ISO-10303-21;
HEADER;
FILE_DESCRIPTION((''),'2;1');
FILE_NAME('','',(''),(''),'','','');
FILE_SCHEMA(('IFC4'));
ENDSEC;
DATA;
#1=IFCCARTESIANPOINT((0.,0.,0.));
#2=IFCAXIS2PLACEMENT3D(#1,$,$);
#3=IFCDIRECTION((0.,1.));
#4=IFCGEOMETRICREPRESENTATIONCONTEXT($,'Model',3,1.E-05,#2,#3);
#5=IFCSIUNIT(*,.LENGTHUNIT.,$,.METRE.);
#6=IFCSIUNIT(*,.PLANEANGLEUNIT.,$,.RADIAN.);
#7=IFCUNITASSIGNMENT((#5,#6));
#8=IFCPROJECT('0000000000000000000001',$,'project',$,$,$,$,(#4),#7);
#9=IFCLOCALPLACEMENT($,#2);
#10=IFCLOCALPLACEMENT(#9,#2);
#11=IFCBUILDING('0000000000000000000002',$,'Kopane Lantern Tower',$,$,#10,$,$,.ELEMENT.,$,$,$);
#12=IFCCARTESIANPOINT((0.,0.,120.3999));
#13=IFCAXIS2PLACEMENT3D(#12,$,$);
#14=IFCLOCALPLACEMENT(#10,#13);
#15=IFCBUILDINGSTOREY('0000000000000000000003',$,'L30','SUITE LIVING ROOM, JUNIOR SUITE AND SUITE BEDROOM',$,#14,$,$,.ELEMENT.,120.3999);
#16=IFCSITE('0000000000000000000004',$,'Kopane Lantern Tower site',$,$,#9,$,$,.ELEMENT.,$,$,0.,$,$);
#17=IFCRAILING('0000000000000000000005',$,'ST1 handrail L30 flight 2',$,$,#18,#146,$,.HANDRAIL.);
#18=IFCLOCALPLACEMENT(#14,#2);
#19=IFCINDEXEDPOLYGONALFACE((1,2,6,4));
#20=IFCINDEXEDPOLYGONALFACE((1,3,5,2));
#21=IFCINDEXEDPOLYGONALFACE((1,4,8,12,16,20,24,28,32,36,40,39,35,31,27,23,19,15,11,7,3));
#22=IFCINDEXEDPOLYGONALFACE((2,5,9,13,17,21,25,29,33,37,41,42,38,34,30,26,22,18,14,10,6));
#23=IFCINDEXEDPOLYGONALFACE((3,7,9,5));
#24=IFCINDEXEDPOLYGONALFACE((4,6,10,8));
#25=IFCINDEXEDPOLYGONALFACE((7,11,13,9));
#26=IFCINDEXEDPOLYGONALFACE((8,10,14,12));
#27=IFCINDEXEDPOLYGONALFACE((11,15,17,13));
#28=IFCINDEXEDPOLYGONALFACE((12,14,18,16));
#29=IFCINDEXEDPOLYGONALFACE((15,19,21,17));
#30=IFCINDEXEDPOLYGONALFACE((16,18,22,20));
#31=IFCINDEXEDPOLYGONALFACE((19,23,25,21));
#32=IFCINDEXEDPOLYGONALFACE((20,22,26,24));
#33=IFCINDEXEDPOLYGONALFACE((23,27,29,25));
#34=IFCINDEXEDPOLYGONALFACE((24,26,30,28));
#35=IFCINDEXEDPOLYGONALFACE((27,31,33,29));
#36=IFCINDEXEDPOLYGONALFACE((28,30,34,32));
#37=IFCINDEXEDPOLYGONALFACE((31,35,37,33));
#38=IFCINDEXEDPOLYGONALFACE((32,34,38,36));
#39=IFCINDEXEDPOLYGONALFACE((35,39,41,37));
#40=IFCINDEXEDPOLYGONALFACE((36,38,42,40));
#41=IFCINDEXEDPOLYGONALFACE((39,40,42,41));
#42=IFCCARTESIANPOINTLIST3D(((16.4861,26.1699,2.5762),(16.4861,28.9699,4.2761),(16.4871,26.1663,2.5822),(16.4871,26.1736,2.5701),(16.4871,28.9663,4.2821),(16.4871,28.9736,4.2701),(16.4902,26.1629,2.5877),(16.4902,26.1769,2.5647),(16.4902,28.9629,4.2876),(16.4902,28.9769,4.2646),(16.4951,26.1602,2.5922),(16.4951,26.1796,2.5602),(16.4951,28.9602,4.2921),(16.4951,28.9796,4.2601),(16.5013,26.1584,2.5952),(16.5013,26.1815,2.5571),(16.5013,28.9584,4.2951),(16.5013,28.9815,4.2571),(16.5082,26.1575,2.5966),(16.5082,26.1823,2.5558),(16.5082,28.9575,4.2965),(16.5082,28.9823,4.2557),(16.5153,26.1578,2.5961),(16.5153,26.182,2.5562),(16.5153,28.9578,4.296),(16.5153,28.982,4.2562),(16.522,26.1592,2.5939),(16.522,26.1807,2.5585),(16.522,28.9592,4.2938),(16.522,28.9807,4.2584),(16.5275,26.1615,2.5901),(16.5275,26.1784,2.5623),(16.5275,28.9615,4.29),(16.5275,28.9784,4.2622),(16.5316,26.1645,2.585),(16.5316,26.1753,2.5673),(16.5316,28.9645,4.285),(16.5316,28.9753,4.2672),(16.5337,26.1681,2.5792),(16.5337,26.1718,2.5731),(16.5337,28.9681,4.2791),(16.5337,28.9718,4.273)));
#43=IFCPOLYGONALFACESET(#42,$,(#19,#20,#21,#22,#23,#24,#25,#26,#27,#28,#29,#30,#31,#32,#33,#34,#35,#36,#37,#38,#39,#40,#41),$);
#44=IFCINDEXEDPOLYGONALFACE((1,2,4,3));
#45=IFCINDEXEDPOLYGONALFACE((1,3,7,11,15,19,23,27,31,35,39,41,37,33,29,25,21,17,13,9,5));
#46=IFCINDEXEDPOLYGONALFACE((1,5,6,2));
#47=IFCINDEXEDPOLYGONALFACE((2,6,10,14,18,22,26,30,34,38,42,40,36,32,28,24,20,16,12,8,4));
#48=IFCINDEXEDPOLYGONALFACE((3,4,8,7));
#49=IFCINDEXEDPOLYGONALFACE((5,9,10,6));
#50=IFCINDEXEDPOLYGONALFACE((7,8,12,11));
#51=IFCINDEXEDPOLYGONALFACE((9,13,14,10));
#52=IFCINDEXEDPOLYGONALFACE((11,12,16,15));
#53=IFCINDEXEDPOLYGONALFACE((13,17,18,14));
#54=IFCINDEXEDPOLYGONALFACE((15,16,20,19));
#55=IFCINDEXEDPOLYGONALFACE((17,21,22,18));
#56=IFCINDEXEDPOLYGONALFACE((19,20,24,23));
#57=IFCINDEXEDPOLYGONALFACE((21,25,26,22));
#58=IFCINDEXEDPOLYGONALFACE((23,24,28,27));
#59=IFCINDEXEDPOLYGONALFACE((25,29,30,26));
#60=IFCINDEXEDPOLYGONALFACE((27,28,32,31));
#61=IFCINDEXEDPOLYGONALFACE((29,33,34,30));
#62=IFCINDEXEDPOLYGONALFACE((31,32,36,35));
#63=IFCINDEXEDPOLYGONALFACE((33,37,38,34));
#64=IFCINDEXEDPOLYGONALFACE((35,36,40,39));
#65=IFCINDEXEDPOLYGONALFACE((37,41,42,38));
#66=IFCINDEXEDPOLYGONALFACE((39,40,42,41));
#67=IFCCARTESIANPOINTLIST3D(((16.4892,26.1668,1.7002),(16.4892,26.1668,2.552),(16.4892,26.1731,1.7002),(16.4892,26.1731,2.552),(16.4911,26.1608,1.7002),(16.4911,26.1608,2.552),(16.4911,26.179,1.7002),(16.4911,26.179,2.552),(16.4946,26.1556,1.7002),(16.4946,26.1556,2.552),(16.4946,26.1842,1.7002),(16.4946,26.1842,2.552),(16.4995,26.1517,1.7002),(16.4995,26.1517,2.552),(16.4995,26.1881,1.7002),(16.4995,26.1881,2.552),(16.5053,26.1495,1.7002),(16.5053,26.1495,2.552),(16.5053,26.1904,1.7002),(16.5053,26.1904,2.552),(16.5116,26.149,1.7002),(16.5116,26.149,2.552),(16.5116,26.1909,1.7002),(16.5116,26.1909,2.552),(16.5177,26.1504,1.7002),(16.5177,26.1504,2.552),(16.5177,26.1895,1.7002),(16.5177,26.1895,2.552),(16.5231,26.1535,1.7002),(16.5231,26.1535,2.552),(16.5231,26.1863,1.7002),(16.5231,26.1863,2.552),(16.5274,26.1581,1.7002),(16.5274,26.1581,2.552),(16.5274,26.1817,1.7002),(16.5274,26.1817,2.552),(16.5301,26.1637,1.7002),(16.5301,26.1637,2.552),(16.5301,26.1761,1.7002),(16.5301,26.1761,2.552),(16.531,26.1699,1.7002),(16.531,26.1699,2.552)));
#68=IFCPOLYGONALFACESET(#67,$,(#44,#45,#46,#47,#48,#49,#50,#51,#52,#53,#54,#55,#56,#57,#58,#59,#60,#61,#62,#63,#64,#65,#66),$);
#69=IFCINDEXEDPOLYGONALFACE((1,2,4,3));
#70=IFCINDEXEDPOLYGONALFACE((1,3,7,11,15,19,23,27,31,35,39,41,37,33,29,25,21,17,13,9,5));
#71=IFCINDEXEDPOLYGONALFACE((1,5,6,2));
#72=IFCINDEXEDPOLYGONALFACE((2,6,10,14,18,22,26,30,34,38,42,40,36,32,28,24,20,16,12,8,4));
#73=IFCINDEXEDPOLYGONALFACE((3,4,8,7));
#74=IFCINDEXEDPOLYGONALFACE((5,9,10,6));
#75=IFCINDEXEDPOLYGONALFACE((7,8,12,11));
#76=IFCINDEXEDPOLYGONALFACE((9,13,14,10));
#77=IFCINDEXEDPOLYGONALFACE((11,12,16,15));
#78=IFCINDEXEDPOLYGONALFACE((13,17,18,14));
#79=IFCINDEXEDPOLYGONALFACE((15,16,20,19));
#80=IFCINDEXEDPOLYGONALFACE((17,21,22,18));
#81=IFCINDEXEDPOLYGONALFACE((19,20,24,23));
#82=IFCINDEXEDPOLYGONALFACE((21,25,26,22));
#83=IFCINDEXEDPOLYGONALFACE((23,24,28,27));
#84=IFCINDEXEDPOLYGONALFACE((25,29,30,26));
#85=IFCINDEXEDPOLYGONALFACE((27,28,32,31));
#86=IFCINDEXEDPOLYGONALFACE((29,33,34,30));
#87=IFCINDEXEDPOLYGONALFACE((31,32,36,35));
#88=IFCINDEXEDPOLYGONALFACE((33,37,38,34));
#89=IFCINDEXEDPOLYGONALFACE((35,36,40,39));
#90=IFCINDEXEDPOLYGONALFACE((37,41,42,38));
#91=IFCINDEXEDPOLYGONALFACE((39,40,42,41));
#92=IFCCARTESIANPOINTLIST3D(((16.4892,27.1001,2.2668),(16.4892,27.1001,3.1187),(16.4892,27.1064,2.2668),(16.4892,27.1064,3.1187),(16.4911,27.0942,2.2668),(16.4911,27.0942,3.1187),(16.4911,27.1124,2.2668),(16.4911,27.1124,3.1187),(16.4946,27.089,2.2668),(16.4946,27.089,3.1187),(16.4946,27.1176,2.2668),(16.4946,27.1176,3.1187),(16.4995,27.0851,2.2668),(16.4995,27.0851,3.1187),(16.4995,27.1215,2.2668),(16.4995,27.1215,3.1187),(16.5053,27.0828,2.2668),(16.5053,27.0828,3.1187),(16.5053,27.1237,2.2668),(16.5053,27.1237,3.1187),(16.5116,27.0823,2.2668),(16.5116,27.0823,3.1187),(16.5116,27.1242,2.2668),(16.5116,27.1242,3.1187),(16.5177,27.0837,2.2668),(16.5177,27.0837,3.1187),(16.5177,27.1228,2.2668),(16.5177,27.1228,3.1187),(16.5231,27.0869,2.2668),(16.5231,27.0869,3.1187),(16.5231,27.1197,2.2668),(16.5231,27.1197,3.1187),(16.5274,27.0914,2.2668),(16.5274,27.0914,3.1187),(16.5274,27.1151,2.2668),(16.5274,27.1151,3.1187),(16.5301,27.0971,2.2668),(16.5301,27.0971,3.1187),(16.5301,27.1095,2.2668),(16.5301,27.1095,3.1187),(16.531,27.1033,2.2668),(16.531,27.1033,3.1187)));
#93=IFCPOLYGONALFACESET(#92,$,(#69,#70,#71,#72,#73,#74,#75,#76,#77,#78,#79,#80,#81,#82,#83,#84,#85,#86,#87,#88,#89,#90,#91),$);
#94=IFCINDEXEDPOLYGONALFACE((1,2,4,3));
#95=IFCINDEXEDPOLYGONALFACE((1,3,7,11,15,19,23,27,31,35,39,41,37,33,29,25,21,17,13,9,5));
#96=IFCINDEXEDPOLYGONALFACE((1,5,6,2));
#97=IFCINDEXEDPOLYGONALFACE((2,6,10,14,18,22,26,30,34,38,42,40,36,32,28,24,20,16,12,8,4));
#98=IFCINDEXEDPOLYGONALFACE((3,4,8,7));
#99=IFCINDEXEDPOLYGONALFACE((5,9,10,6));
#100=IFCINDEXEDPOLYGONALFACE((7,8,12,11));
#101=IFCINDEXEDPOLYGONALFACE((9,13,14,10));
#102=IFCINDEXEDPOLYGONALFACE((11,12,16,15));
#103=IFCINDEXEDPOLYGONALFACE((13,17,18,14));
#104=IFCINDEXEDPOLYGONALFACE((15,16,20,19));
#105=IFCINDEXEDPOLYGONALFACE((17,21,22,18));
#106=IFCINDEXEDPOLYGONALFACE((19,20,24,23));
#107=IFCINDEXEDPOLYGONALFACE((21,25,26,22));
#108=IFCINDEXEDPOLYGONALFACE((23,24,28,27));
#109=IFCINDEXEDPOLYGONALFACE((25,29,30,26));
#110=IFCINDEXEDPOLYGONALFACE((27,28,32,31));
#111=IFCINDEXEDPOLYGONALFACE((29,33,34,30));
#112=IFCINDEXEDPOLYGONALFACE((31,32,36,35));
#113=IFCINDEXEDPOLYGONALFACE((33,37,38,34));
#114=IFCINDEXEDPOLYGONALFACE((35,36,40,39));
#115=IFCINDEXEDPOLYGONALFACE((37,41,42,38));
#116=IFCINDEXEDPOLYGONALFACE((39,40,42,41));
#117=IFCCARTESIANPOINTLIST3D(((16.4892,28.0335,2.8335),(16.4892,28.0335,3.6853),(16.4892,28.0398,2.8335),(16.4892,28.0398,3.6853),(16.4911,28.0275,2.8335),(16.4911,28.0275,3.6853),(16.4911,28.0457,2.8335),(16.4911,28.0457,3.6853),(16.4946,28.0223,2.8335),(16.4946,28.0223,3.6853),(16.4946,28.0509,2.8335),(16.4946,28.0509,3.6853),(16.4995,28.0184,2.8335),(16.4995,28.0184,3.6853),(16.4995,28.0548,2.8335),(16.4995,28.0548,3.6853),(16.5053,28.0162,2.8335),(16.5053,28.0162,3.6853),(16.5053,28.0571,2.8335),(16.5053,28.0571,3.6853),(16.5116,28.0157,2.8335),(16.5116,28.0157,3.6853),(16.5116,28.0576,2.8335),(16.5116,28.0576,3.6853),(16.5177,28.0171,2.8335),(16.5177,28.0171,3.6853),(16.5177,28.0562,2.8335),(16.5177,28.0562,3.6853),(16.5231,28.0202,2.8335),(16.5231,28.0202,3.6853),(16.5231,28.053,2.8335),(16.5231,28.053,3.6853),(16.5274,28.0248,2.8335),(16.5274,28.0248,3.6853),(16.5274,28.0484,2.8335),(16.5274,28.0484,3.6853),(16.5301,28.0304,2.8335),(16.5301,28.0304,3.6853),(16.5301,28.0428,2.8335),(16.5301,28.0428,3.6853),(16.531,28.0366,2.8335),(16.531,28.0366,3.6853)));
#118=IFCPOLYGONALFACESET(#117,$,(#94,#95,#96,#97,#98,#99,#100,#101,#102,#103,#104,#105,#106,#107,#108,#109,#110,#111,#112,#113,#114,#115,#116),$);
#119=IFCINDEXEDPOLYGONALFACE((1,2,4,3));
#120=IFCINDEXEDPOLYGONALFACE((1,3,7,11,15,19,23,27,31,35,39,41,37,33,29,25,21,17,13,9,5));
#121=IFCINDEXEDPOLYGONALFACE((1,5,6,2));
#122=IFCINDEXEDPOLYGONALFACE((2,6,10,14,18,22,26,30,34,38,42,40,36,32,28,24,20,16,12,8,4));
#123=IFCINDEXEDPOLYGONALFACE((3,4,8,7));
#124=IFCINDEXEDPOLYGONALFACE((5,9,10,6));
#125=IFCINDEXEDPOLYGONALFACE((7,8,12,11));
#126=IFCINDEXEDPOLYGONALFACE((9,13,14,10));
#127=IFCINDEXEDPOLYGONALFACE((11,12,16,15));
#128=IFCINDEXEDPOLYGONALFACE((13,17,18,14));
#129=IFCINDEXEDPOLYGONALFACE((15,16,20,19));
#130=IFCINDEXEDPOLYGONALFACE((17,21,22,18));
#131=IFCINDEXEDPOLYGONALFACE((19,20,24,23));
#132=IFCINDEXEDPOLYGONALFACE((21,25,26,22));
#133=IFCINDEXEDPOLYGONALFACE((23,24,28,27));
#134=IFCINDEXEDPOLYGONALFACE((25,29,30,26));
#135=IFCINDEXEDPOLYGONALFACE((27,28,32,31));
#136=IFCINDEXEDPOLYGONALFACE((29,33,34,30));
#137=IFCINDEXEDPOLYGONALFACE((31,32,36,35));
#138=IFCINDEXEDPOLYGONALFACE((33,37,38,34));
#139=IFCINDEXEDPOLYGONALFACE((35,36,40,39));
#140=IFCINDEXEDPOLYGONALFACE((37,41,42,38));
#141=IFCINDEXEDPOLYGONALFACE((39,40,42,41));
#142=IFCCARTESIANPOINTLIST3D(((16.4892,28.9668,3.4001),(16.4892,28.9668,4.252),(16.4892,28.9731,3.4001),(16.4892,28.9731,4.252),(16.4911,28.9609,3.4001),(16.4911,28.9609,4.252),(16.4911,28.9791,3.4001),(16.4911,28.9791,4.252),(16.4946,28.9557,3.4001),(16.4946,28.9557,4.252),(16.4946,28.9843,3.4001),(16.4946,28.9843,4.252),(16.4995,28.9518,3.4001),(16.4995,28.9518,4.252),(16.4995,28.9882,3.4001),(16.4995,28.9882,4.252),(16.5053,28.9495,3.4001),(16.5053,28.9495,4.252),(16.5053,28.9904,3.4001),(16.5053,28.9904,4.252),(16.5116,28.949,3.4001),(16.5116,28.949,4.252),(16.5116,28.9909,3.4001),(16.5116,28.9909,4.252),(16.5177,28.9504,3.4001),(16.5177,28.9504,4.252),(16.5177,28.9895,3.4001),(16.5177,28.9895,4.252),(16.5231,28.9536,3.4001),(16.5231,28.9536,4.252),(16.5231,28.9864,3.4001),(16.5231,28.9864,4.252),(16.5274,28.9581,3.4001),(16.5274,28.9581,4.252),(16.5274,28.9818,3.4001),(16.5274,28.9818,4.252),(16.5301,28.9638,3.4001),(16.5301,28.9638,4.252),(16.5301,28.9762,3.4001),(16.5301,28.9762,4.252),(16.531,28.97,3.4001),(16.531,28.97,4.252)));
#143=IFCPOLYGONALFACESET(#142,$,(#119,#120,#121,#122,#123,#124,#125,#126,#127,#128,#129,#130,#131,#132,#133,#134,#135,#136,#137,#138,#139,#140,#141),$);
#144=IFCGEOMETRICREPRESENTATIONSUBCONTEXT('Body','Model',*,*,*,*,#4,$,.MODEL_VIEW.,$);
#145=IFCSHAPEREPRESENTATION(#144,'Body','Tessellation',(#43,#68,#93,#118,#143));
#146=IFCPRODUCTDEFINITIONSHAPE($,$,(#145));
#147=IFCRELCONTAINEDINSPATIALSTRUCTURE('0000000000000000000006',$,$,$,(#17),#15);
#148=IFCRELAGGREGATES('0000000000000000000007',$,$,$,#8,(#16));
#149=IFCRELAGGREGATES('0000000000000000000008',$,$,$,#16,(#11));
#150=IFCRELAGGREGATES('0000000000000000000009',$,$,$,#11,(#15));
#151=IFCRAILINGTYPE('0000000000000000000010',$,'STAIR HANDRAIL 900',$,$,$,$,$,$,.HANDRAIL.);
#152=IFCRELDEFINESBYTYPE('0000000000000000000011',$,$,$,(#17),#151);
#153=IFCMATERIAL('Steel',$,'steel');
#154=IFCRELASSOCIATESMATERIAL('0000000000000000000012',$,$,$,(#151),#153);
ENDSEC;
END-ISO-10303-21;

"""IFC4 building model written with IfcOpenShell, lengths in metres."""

from ifc_helpers import new_model, si_unit, direction, frame, origin, origin_2d, place, context, subcontext, project, spatial, circle, extrude, material, type_object, element, save


model = new_model("IFC4")

# Units and contexts
model_context = context("Model", 3, precision=1e-05, world=origin(), true_north=direction((0.0, 1.0)))
body_context = subcontext(model_context, "Body", "Model", "MODEL_VIEW")
ifc_project = project(units=[si_unit("LENGTHUNIT", "METRE"), si_unit("PLANEANGLEUNIT", "RADIAN")], contexts=[model_context])

# Site, building, storey
site_placement = place(None, origin())
site = spatial("IfcSite", under=ifc_project, at=site_placement, Name="Kopane Lantern Tower site", CompositionType="ELEMENT", RefElevation=0.0)
building_placement = place(site_placement, origin())
building = spatial("IfcBuilding", under=site, at=building_placement, Name="Kopane Lantern Tower", CompositionType="ELEMENT")
storey_placement = place(building_placement, frame((0.0, 0.0, 120.3999)))
storey = spatial("IfcBuildingStorey", under=building, at=storey_placement, Name="L30", Description="SUITE LIVING ROOM, JUNIOR SUITE AND SUITE BEDROOM", CompositionType="ELEMENT", Elevation=120.3999)

# Railing
ifc_material_1 = material(Name="Steel", Category="steel")
railing_type = type_object("IfcRailingType", Name="STAIR HANDRAIL 900", PredefinedType="HANDRAIL", material=ifc_material_1)
for number, where, name in (
    (1, (16.51, 26.1699, 1.7002), "ST1 handrail L30 flight 2"),
):
    element("IfcRailing", number, at=place(storey_placement, frame(where)), inside=storey, type_object=railing_type, Name=name, PredefinedType="HANDRAIL", context=body_context, shape_type="SweptSolid", body=[
        extrude(circle(Radius=0.0239, at=origin_2d()), frame((0.0, 0.0, 0.876), z_axis=(0.0, 0.854798, 0.518961), x_axis=(-1.0, 0.0, 0.0)), (0.0, 0.0, 1.0), 3.2756),
        extrude(circle(Radius=0.021, at=origin_2d()), origin(), (0.0, 0.0, 1.0), 0.8518),
        extrude(circle(Radius=0.021, at=origin_2d()), frame((0.0, 0.9333, 0.5667)), (0.0, 0.0, 1.0), 0.8518),
        extrude(circle(Radius=0.021, at=origin_2d()), frame((0.0, 1.8667, 1.1333)), (0.0, 0.0, 1.0), 0.8518),
        extrude(circle(Radius=0.021, at=origin_2d()), frame((0.0, 2.8, 1.7)), (0.0, 0.0, 1.0), 0.8518),
    ])

save(model, "model.ifc")
